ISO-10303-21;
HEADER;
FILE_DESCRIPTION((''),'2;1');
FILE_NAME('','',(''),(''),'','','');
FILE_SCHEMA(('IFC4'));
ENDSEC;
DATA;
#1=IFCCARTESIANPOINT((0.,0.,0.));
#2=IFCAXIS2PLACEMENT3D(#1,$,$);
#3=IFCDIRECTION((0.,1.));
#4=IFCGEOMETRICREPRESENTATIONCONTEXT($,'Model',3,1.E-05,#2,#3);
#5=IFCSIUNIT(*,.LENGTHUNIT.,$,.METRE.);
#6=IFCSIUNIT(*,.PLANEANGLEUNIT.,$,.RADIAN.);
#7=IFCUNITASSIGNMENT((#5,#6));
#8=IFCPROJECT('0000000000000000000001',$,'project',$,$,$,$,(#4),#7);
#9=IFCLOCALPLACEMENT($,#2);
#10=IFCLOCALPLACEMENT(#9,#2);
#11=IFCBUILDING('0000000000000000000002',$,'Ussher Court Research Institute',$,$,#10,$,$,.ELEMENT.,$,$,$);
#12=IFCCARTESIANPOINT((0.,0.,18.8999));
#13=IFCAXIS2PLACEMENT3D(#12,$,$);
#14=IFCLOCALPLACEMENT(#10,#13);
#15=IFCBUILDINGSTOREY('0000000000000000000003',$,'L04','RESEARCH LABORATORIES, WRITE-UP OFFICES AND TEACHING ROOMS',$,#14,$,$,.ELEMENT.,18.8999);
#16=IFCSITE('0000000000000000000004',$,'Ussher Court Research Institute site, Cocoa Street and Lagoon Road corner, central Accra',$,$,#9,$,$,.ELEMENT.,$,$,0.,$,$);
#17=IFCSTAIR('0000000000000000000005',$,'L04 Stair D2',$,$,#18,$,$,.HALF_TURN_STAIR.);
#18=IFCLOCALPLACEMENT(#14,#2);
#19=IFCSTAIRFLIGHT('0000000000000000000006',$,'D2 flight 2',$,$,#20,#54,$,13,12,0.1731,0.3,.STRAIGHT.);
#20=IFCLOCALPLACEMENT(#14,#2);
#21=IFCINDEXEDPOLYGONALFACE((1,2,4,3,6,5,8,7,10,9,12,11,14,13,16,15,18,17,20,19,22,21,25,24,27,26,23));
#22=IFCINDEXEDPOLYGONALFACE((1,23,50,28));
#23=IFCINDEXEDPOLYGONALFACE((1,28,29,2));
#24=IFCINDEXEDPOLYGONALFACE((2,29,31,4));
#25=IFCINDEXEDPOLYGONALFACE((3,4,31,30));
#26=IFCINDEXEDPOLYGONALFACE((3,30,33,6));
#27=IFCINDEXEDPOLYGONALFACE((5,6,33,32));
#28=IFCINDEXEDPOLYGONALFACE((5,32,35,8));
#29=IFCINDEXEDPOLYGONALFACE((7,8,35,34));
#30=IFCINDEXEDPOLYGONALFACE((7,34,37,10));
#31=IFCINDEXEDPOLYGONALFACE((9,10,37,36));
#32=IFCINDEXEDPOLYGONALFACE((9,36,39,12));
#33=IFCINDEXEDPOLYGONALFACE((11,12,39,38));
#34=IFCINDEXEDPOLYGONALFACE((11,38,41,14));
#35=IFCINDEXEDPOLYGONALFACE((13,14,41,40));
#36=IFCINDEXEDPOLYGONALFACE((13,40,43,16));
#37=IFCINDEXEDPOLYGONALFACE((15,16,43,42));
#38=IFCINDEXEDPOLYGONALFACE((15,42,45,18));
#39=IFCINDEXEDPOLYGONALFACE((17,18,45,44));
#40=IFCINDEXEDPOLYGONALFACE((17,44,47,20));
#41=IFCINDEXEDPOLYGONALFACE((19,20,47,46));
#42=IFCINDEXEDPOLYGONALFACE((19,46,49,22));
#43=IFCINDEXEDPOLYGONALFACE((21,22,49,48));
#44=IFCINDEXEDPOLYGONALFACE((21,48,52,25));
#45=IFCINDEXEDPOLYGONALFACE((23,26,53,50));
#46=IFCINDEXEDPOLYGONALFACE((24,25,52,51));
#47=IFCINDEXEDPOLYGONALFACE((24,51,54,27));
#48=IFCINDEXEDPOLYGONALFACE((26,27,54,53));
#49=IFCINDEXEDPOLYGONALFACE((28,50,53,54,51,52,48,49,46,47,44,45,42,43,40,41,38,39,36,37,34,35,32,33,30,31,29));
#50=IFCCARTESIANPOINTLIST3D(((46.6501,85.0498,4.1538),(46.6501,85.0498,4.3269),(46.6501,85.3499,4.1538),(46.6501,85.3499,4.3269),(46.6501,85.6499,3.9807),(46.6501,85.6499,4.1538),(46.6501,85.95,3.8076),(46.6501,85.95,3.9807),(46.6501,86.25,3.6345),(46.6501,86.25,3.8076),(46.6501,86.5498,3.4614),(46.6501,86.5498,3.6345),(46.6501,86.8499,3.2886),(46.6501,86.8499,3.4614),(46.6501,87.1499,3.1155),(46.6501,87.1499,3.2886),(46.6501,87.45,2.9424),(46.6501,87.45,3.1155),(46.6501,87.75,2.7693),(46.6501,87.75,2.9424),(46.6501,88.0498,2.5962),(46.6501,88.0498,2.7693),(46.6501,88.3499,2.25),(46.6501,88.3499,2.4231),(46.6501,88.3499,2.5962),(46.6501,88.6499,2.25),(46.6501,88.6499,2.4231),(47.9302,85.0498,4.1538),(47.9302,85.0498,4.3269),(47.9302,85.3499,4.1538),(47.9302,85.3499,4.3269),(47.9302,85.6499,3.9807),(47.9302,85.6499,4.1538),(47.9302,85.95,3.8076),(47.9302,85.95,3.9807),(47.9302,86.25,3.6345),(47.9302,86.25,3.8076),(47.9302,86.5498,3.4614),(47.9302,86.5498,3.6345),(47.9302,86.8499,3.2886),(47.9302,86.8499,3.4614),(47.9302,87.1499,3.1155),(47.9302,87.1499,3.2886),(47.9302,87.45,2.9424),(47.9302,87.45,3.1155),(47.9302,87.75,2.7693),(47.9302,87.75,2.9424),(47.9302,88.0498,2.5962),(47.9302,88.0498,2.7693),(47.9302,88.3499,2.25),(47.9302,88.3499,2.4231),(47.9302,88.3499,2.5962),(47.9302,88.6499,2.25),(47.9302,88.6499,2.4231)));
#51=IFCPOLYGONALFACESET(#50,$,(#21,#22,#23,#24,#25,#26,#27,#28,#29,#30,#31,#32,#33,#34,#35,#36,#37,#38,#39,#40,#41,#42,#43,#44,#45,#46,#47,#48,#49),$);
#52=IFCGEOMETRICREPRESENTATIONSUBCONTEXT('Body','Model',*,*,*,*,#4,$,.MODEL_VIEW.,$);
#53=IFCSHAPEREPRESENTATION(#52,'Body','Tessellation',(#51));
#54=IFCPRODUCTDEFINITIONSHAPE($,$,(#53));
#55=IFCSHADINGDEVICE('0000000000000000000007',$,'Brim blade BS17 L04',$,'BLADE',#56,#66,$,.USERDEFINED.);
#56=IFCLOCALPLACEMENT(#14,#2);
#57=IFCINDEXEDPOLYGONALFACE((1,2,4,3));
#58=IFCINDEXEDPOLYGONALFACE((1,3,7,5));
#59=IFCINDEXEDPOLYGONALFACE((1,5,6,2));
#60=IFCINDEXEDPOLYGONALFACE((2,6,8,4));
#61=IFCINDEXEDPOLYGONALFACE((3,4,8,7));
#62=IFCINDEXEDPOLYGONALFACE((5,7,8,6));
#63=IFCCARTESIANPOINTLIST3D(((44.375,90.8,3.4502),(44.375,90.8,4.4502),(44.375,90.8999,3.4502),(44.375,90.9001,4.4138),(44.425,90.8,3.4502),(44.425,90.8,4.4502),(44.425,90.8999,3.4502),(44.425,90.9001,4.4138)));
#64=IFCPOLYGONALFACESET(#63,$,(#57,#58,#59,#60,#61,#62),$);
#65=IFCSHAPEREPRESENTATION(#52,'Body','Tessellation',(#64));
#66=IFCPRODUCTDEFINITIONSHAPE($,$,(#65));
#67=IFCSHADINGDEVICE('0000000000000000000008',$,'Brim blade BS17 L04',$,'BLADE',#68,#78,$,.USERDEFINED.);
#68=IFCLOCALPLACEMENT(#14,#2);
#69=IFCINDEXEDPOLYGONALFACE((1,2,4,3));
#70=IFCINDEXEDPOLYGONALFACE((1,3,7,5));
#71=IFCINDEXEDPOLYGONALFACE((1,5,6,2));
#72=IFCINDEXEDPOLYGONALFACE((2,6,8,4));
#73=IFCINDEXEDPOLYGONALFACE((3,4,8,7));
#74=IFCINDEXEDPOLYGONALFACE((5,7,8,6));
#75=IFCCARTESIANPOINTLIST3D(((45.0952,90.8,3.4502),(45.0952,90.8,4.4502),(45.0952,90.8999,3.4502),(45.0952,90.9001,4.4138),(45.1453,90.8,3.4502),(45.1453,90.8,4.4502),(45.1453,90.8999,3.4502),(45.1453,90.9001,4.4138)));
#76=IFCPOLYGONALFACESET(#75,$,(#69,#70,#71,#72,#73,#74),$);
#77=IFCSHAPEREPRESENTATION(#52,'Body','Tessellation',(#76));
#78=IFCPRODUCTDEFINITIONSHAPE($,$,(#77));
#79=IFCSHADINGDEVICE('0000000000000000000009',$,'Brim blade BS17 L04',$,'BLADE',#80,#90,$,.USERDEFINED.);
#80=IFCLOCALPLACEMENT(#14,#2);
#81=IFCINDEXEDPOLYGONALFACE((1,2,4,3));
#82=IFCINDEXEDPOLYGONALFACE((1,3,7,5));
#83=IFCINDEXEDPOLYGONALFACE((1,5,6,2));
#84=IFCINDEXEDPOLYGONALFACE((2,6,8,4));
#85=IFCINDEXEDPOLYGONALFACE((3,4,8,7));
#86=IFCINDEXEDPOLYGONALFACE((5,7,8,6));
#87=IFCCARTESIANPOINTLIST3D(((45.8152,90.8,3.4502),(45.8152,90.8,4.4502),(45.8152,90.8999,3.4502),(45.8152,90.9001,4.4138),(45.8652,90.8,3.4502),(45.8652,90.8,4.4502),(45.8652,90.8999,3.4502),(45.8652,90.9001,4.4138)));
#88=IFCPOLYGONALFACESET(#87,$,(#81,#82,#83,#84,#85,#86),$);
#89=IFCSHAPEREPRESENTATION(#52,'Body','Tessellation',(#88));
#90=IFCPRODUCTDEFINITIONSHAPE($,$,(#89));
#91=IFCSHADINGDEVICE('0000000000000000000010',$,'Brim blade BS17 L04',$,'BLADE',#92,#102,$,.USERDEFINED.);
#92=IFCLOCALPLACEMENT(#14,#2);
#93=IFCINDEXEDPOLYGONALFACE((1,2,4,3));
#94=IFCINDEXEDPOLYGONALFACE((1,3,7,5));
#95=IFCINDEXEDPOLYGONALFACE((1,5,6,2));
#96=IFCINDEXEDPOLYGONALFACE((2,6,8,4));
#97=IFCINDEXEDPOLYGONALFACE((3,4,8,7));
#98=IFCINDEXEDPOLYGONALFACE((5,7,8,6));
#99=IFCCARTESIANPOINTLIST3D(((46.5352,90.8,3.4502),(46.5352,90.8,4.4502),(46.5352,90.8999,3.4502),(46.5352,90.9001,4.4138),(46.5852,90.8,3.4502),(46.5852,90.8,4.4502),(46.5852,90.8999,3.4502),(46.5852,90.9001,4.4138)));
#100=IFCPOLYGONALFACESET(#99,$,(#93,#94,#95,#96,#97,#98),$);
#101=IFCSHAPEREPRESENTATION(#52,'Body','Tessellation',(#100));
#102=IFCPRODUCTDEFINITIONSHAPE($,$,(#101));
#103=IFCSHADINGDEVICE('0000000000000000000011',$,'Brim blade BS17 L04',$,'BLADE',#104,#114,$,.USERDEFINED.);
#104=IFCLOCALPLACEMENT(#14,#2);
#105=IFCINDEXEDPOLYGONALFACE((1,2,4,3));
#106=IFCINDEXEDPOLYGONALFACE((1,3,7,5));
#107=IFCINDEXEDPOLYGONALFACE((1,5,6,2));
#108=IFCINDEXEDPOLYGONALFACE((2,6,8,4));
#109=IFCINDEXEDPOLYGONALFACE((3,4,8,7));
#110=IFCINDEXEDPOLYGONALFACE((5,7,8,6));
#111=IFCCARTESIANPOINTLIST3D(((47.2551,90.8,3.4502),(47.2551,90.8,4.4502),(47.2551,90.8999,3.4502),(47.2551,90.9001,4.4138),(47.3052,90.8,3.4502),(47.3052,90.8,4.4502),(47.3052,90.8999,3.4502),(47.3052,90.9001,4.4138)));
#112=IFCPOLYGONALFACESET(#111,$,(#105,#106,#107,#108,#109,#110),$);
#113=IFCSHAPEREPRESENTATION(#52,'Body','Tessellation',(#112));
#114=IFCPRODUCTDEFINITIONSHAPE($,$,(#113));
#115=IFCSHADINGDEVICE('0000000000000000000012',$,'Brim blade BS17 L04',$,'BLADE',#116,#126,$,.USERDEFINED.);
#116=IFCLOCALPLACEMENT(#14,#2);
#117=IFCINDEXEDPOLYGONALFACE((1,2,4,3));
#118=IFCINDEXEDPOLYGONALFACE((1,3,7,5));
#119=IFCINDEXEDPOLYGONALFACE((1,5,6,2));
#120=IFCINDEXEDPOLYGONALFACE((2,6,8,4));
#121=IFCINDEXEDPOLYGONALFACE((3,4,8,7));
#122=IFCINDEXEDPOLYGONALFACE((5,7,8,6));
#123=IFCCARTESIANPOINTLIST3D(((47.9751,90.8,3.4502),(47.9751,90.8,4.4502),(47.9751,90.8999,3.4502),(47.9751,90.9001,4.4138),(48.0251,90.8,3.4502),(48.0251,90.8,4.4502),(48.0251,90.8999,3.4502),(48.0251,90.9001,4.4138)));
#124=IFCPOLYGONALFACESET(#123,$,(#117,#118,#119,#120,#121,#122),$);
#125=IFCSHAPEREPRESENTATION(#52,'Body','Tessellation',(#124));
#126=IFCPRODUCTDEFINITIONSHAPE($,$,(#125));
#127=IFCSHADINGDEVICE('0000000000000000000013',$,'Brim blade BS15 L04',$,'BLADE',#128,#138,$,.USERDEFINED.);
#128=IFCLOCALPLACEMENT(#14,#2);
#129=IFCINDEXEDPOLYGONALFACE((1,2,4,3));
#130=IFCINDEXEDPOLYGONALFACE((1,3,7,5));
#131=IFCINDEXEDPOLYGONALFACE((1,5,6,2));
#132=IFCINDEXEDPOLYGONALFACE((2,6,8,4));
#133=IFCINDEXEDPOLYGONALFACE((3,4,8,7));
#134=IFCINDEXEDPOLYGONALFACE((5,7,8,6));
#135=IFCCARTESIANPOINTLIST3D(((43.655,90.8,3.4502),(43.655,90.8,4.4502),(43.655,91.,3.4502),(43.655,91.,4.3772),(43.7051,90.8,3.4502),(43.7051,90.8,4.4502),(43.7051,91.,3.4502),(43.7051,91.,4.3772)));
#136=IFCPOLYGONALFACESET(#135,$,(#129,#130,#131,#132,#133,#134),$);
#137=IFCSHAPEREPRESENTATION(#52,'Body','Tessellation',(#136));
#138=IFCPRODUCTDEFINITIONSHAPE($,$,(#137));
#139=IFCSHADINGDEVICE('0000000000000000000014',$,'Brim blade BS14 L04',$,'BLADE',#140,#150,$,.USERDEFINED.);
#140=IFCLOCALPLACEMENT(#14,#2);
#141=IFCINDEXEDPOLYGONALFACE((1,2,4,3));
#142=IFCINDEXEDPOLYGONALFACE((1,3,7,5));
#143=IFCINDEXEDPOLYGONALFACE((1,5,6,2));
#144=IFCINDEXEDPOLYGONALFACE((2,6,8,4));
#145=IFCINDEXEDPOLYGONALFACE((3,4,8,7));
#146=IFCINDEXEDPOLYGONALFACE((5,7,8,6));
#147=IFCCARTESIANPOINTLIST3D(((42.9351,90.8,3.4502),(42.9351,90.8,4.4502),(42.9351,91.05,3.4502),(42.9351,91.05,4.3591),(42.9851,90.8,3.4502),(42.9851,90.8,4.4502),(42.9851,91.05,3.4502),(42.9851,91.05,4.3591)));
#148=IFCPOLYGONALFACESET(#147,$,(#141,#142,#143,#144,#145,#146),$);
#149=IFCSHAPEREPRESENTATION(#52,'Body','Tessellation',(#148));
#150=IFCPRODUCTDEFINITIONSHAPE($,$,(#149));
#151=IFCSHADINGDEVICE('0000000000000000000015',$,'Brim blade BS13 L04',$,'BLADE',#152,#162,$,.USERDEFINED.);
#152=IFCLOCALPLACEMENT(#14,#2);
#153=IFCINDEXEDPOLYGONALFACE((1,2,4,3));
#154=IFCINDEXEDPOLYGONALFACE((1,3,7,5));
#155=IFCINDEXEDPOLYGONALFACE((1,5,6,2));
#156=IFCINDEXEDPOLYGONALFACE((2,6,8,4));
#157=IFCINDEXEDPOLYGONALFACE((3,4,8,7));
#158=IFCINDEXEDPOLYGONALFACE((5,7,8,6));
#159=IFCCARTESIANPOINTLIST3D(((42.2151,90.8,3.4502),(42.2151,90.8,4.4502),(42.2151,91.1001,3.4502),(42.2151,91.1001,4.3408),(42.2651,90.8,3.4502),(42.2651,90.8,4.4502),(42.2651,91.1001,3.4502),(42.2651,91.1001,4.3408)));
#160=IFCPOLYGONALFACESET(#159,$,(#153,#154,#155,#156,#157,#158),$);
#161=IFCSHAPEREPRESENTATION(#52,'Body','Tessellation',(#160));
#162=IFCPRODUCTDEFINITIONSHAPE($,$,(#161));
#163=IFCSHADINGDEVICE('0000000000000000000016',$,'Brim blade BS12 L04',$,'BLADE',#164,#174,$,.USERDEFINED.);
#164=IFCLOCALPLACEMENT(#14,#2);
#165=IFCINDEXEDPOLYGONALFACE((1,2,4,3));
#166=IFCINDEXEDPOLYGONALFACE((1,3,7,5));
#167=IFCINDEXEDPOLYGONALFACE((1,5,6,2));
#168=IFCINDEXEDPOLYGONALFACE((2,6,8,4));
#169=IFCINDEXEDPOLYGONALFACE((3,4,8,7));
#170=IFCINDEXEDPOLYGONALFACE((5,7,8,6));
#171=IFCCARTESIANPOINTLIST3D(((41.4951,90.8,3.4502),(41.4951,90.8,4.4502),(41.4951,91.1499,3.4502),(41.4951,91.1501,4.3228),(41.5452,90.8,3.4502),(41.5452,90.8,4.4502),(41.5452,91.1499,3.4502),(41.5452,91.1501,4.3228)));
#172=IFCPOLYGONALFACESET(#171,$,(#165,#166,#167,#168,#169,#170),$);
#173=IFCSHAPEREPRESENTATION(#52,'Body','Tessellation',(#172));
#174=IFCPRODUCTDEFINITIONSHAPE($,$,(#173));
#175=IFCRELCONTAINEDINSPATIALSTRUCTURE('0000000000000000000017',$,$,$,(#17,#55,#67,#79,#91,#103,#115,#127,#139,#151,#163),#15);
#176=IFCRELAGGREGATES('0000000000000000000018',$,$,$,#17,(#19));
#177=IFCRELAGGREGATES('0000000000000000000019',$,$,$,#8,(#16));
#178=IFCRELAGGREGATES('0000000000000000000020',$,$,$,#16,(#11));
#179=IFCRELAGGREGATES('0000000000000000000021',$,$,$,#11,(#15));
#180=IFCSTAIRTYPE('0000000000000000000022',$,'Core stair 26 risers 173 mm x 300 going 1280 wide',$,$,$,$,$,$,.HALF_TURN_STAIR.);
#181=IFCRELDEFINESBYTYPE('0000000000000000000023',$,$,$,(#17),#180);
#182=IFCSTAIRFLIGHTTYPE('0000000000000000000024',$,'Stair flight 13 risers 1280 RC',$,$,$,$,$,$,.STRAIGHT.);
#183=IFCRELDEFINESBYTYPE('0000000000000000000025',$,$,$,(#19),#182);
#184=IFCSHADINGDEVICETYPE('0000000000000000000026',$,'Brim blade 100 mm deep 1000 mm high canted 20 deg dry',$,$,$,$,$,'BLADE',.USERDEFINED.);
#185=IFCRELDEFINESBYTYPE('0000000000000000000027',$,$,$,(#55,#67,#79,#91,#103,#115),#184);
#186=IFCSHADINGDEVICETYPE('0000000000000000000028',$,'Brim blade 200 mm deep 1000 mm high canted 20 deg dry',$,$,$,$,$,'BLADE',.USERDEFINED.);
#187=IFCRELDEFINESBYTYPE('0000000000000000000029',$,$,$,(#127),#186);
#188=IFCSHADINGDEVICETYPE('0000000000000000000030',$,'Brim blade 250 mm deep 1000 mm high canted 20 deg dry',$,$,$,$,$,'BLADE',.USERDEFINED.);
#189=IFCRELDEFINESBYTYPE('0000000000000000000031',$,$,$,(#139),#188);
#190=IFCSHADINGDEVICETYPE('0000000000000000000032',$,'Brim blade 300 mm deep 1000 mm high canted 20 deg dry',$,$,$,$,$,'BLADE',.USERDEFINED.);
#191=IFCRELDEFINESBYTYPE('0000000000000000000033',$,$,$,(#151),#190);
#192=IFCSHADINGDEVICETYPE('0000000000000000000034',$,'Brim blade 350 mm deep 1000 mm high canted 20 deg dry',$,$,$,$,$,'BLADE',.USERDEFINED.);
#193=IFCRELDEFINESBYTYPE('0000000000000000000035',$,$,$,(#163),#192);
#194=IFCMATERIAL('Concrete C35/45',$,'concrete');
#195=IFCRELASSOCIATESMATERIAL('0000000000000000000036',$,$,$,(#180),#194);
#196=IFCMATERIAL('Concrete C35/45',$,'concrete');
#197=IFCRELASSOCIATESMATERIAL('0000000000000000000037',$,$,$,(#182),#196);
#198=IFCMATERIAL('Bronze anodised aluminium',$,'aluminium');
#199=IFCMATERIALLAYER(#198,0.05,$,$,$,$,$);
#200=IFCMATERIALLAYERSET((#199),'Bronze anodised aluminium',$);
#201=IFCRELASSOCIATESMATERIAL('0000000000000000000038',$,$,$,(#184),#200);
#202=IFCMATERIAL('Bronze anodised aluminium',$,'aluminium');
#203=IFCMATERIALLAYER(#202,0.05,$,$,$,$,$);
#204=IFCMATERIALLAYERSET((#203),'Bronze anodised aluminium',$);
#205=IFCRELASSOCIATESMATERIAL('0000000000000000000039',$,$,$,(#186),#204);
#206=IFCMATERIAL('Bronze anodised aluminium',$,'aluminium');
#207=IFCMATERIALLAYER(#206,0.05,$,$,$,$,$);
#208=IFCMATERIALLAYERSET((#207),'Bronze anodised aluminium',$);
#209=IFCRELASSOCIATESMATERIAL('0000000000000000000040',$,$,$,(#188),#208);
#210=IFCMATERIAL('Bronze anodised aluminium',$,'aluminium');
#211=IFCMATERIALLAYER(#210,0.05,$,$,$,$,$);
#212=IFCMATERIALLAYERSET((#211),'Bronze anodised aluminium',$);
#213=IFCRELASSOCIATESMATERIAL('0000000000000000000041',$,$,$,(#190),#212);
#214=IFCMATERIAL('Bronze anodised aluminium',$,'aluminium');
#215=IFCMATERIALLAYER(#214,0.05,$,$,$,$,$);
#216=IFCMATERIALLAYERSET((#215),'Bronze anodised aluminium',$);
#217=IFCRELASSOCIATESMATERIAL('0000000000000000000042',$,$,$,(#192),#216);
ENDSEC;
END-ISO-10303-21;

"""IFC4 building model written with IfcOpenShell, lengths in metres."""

from ifc_helpers import new_model, si_unit, direction, frame, origin, place, context, subcontext, project, spatial, polyline, outline, extrude, material, layer, layer_set, type_object, element, aggregate, save


model = new_model("IFC4")

# Units and contexts
model_context = context("Model", 3, precision=1e-05, world=origin(), true_north=direction((0.0, 1.0)))
body_context = subcontext(model_context, "Body", "Model", "MODEL_VIEW")
ifc_project = project(units=[si_unit("LENGTHUNIT", "METRE"), si_unit("PLANEANGLEUNIT", "RADIAN")], contexts=[model_context])

# Site, building, storey
site_placement = place(None, origin())
site = spatial("IfcSite", under=ifc_project, at=site_placement, Name="Ussher Court Research Institute site, Cocoa Street and Lagoon Road corner, central Accra", CompositionType="ELEMENT", RefElevation=0.0)
building_placement = place(site_placement, origin())
building = spatial("IfcBuilding", under=site, at=building_placement, Name="Ussher Court Research Institute", CompositionType="ELEMENT")
storey_placement = place(building_placement, frame((0.0, 0.0, 18.8999)))
storey = spatial("IfcBuildingStorey", under=building, at=storey_placement, Name="L04", Description="RESEARCH LABORATORIES, WRITE-UP OFFICES AND TEACHING ROOMS", CompositionType="ELEMENT", Elevation=18.8999)

# Stair, stair flight
ifc_material_1 = material(Name="Concrete C35/45", Category="concrete")
stair_type = type_object("IfcStairType", Name="Core stair 26 risers 173 mm x 300 going 1280 wide", PredefinedType="HALF_TURN_STAIR", material=ifc_material_1)
stair_placement = place(storey_placement, origin())
stair = element("IfcStair", 1, at=stair_placement, inside=storey, type_object=stair_type, Name="L04 Stair D2", PredefinedType="HALF_TURN_STAIR")
ifc_material_2 = material(Name="Concrete C35/45", Category="concrete")
stair_flight_type = type_object("IfcStairFlightType", Name="Stair flight 13 risers 1280 RC", PredefinedType="STRAIGHT", material=ifc_material_2)
stair_flight_placement = place(storey_placement, frame((47.29, 88.6499, 2.25), z_axis=(0.0, 0.0, 1.0), x_axis=(0.0, -1.0, 0.0)))
stair_flight = element("IfcStairFlight", 2, at=stair_flight_placement, type_object=stair_flight_type, Name="D2 flight 2", NumberOfRisers=13, NumberOfTreads=12, PredefinedType="STRAIGHT", RiserHeight=0.1731, TreadLength=0.3, context=body_context, shape_type="SweptSolid", body=[
    extrude(outline(polyline([(0.0, 0.0), (0.0, 0.1731), (0.3, 0.1731), (0.3, 0.3462), (0.6001, 0.3462), (0.6001, 0.5193), (0.8999, 0.5193), (0.8999, 0.6924), (1.2, 0.6924), (1.2, 0.8655), (1.5, 0.8655), (1.5, 1.0386), (1.8, 1.0386), (1.8, 1.2114), (2.1001, 1.2114), (2.1001, 1.3845), (2.3999, 1.3845), (2.3999, 1.5576), (2.7, 1.5576), (2.7, 1.7307), (3.0, 1.7307), (3.0, 1.9038), (3.3, 1.9038), (3.3, 2.0769), (3.6001, 2.0769), (3.6001, 2.25), (3.6001, 1.9038), (0.3, 0.0), (0.0, 0.0)])), frame((0.0, 0.6401, 0.0), z_axis=(0.0, -1.0, 0.0), x_axis=(1.0, 0.0, 0.0)), (0.0, 0.0, 1.0), 1.28),
])
aggregate(stair, [stair_flight])

# Shading devices
ifc_material_3 = material(Name="Bronze anodised aluminium", Category="aluminium")
ifc_layer_1 = layer(ifc_material_3, 0.05)
ifc_layer_set_1 = layer_set([ifc_layer_1], Name="Bronze anodised aluminium")
shading_device_type_1 = type_object("IfcShadingDeviceType", Name="Brim blade 100 mm deep 1000 mm high canted 20 deg dry", ElementType="BLADE", PredefinedType="USERDEFINED", material=ifc_layer_set_1)
for number, where, z_axis, x_axis, name in (
    (3, (44.3999, 90.8, 3.4502), (0.0, 0.0, 1.0), (0.0, 1.0, 0.0), "Brim blade BS17 L04"),
    (4, (45.1201, 90.8, 3.4502), (0.0, 0.0, 1.0), (0.0, 1.0, 0.0), "Brim blade BS17 L04"),
    (5, (45.8401, 90.8, 3.4502), (0.0, 0.0, 1.0), (0.0, 1.0, 0.0), "Brim blade BS17 L04"),
    (6, (46.5601, 90.8, 3.4502), (0.0, 0.0, 1.0), (0.0, 1.0, 0.0), "Brim blade BS17 L04"),
    (7, (47.28, 90.8, 3.4502), (0.0, 0.0, 1.0), (0.0, 1.0, 0.0), "Brim blade BS17 L04"),
    (8, (48.0, 90.8, 3.4502), (0.0, 0.0, 1.0), (0.0, 1.0, 0.0), "Brim blade BS17 L04"),
):
    element("IfcShadingDevice", number, at=place(storey_placement, frame(where, z_axis=z_axis, x_axis=x_axis)), inside=storey, type_object=shading_device_type_1, Name=name, ObjectType="BLADE", PredefinedType="USERDEFINED", context=body_context, shape_type="SweptSolid", body=[
        extrude(outline(polyline([(0.0, 0.0), (0.0999, 0.0), (0.1001, 0.9636), (0.0, 1.0), (0.0, 0.0)])), frame((0.0, 0.0249, 0.0), z_axis=(0.0, -1.0, 0.0), x_axis=(1.0, 0.0, 0.0)), (0.0, 0.0, 1.0), 0.05),
    ])
ifc_material_4 = material(Name="Bronze anodised aluminium", Category="aluminium")
ifc_layer_2 = layer(ifc_material_4, 0.05)
ifc_layer_set_2 = layer_set([ifc_layer_2], Name="Bronze anodised aluminium")
shading_device_type_2 = type_object("IfcShadingDeviceType", Name="Brim blade 200 mm deep 1000 mm high canted 20 deg dry", ElementType="BLADE", PredefinedType="USERDEFINED", material=ifc_layer_set_2)
shading_device_1_placement = place(storey_placement, frame((43.6799, 90.8, 3.4502), z_axis=(0.0, 0.0, 1.0), x_axis=(0.0, 1.0, 0.0)))
element("IfcShadingDevice", 9, at=shading_device_1_placement, inside=storey, type_object=shading_device_type_2, Name="Brim blade BS15 L04", ObjectType="BLADE", PredefinedType="USERDEFINED", context=body_context, shape_type="SweptSolid", body=[
    extrude(outline(polyline([(0.0, 0.0), (0.2, 0.0), (0.2, 0.927), (0.0, 1.0), (0.0, 0.0)])), frame((0.0, 0.0249, 0.0), z_axis=(0.0, -1.0, 0.0), x_axis=(1.0, 0.0, 0.0)), (0.0, 0.0, 1.0), 0.05),
])
ifc_material_5 = material(Name="Bronze anodised aluminium", Category="aluminium")
ifc_layer_3 = layer(ifc_material_5, 0.05)
ifc_layer_set_3 = layer_set([ifc_layer_3], Name="Bronze anodised aluminium")
shading_device_type_3 = type_object("IfcShadingDeviceType", Name="Brim blade 250 mm deep 1000 mm high canted 20 deg dry", ElementType="BLADE", PredefinedType="USERDEFINED", material=ifc_layer_set_3)
shading_device_2_placement = place(storey_placement, frame((42.96, 90.8, 3.4502), z_axis=(0.0, 0.0, 1.0), x_axis=(0.0, 1.0, 0.0)))
element("IfcShadingDevice", 10, at=shading_device_2_placement, inside=storey, type_object=shading_device_type_3, Name="Brim blade BS14 L04", ObjectType="BLADE", PredefinedType="USERDEFINED", context=body_context, shape_type="SweptSolid", body=[
    extrude(outline(polyline([(0.0, 0.0), (0.25, 0.0), (0.25, 0.9089), (0.0, 1.0), (0.0, 0.0)])), frame((0.0, 0.0249, 0.0), z_axis=(0.0, -1.0, 0.0), x_axis=(1.0, 0.0, 0.0)), (0.0, 0.0, 1.0), 0.05),
])
ifc_material_6 = material(Name="Bronze anodised aluminium", Category="aluminium")
ifc_layer_4 = layer(ifc_material_6, 0.05)
ifc_layer_set_4 = layer_set([ifc_layer_4], Name="Bronze anodised aluminium")
shading_device_type_4 = type_object("IfcShadingDeviceType", Name="Brim blade 300 mm deep 1000 mm high canted 20 deg dry", ElementType="BLADE", PredefinedType="USERDEFINED", material=ifc_layer_set_4)
shading_device_3_placement = place(storey_placement, frame((42.24, 90.8, 3.4502), z_axis=(0.0, 0.0, 1.0), x_axis=(0.0, 1.0, 0.0)))
element("IfcShadingDevice", 11, at=shading_device_3_placement, inside=storey, type_object=shading_device_type_4, Name="Brim blade BS13 L04", ObjectType="BLADE", PredefinedType="USERDEFINED", context=body_context, shape_type="SweptSolid", body=[
    extrude(outline(polyline([(0.0, 0.0), (0.3, 0.0), (0.3, 0.8906), (0.0, 1.0), (0.0, 0.0)])), frame((0.0, 0.0249, 0.0), z_axis=(0.0, -1.0, 0.0), x_axis=(1.0, 0.0, 0.0)), (0.0, 0.0, 1.0), 0.05),
])
ifc_material_7 = material(Name="Bronze anodised aluminium", Category="aluminium")
ifc_layer_5 = layer(ifc_material_7, 0.05)
ifc_layer_set_5 = layer_set([ifc_layer_5], Name="Bronze anodised aluminium")
shading_device_type_5 = type_object("IfcShadingDeviceType", Name="Brim blade 350 mm deep 1000 mm high canted 20 deg dry", ElementType="BLADE", PredefinedType="USERDEFINED", material=ifc_layer_set_5)
shading_device_4_placement = place(storey_placement, frame((41.52, 90.8, 3.4502), z_axis=(0.0, 0.0, 1.0), x_axis=(0.0, 1.0, 0.0)))
element("IfcShadingDevice", 12, at=shading_device_4_placement, inside=storey, type_object=shading_device_type_5, Name="Brim blade BS12 L04", ObjectType="BLADE", PredefinedType="USERDEFINED", context=body_context, shape_type="SweptSolid", body=[
    extrude(outline(polyline([(0.0, 0.0), (0.3499, 0.0), (0.3501, 0.8726), (0.0, 1.0), (0.0, 0.0)])), frame((0.0, 0.0249, 0.0), z_axis=(0.0, -1.0, 0.0), x_axis=(1.0, 0.0, 0.0)), (0.0, 0.0, 1.0), 0.05),
])

save(model, "model.ifc")
